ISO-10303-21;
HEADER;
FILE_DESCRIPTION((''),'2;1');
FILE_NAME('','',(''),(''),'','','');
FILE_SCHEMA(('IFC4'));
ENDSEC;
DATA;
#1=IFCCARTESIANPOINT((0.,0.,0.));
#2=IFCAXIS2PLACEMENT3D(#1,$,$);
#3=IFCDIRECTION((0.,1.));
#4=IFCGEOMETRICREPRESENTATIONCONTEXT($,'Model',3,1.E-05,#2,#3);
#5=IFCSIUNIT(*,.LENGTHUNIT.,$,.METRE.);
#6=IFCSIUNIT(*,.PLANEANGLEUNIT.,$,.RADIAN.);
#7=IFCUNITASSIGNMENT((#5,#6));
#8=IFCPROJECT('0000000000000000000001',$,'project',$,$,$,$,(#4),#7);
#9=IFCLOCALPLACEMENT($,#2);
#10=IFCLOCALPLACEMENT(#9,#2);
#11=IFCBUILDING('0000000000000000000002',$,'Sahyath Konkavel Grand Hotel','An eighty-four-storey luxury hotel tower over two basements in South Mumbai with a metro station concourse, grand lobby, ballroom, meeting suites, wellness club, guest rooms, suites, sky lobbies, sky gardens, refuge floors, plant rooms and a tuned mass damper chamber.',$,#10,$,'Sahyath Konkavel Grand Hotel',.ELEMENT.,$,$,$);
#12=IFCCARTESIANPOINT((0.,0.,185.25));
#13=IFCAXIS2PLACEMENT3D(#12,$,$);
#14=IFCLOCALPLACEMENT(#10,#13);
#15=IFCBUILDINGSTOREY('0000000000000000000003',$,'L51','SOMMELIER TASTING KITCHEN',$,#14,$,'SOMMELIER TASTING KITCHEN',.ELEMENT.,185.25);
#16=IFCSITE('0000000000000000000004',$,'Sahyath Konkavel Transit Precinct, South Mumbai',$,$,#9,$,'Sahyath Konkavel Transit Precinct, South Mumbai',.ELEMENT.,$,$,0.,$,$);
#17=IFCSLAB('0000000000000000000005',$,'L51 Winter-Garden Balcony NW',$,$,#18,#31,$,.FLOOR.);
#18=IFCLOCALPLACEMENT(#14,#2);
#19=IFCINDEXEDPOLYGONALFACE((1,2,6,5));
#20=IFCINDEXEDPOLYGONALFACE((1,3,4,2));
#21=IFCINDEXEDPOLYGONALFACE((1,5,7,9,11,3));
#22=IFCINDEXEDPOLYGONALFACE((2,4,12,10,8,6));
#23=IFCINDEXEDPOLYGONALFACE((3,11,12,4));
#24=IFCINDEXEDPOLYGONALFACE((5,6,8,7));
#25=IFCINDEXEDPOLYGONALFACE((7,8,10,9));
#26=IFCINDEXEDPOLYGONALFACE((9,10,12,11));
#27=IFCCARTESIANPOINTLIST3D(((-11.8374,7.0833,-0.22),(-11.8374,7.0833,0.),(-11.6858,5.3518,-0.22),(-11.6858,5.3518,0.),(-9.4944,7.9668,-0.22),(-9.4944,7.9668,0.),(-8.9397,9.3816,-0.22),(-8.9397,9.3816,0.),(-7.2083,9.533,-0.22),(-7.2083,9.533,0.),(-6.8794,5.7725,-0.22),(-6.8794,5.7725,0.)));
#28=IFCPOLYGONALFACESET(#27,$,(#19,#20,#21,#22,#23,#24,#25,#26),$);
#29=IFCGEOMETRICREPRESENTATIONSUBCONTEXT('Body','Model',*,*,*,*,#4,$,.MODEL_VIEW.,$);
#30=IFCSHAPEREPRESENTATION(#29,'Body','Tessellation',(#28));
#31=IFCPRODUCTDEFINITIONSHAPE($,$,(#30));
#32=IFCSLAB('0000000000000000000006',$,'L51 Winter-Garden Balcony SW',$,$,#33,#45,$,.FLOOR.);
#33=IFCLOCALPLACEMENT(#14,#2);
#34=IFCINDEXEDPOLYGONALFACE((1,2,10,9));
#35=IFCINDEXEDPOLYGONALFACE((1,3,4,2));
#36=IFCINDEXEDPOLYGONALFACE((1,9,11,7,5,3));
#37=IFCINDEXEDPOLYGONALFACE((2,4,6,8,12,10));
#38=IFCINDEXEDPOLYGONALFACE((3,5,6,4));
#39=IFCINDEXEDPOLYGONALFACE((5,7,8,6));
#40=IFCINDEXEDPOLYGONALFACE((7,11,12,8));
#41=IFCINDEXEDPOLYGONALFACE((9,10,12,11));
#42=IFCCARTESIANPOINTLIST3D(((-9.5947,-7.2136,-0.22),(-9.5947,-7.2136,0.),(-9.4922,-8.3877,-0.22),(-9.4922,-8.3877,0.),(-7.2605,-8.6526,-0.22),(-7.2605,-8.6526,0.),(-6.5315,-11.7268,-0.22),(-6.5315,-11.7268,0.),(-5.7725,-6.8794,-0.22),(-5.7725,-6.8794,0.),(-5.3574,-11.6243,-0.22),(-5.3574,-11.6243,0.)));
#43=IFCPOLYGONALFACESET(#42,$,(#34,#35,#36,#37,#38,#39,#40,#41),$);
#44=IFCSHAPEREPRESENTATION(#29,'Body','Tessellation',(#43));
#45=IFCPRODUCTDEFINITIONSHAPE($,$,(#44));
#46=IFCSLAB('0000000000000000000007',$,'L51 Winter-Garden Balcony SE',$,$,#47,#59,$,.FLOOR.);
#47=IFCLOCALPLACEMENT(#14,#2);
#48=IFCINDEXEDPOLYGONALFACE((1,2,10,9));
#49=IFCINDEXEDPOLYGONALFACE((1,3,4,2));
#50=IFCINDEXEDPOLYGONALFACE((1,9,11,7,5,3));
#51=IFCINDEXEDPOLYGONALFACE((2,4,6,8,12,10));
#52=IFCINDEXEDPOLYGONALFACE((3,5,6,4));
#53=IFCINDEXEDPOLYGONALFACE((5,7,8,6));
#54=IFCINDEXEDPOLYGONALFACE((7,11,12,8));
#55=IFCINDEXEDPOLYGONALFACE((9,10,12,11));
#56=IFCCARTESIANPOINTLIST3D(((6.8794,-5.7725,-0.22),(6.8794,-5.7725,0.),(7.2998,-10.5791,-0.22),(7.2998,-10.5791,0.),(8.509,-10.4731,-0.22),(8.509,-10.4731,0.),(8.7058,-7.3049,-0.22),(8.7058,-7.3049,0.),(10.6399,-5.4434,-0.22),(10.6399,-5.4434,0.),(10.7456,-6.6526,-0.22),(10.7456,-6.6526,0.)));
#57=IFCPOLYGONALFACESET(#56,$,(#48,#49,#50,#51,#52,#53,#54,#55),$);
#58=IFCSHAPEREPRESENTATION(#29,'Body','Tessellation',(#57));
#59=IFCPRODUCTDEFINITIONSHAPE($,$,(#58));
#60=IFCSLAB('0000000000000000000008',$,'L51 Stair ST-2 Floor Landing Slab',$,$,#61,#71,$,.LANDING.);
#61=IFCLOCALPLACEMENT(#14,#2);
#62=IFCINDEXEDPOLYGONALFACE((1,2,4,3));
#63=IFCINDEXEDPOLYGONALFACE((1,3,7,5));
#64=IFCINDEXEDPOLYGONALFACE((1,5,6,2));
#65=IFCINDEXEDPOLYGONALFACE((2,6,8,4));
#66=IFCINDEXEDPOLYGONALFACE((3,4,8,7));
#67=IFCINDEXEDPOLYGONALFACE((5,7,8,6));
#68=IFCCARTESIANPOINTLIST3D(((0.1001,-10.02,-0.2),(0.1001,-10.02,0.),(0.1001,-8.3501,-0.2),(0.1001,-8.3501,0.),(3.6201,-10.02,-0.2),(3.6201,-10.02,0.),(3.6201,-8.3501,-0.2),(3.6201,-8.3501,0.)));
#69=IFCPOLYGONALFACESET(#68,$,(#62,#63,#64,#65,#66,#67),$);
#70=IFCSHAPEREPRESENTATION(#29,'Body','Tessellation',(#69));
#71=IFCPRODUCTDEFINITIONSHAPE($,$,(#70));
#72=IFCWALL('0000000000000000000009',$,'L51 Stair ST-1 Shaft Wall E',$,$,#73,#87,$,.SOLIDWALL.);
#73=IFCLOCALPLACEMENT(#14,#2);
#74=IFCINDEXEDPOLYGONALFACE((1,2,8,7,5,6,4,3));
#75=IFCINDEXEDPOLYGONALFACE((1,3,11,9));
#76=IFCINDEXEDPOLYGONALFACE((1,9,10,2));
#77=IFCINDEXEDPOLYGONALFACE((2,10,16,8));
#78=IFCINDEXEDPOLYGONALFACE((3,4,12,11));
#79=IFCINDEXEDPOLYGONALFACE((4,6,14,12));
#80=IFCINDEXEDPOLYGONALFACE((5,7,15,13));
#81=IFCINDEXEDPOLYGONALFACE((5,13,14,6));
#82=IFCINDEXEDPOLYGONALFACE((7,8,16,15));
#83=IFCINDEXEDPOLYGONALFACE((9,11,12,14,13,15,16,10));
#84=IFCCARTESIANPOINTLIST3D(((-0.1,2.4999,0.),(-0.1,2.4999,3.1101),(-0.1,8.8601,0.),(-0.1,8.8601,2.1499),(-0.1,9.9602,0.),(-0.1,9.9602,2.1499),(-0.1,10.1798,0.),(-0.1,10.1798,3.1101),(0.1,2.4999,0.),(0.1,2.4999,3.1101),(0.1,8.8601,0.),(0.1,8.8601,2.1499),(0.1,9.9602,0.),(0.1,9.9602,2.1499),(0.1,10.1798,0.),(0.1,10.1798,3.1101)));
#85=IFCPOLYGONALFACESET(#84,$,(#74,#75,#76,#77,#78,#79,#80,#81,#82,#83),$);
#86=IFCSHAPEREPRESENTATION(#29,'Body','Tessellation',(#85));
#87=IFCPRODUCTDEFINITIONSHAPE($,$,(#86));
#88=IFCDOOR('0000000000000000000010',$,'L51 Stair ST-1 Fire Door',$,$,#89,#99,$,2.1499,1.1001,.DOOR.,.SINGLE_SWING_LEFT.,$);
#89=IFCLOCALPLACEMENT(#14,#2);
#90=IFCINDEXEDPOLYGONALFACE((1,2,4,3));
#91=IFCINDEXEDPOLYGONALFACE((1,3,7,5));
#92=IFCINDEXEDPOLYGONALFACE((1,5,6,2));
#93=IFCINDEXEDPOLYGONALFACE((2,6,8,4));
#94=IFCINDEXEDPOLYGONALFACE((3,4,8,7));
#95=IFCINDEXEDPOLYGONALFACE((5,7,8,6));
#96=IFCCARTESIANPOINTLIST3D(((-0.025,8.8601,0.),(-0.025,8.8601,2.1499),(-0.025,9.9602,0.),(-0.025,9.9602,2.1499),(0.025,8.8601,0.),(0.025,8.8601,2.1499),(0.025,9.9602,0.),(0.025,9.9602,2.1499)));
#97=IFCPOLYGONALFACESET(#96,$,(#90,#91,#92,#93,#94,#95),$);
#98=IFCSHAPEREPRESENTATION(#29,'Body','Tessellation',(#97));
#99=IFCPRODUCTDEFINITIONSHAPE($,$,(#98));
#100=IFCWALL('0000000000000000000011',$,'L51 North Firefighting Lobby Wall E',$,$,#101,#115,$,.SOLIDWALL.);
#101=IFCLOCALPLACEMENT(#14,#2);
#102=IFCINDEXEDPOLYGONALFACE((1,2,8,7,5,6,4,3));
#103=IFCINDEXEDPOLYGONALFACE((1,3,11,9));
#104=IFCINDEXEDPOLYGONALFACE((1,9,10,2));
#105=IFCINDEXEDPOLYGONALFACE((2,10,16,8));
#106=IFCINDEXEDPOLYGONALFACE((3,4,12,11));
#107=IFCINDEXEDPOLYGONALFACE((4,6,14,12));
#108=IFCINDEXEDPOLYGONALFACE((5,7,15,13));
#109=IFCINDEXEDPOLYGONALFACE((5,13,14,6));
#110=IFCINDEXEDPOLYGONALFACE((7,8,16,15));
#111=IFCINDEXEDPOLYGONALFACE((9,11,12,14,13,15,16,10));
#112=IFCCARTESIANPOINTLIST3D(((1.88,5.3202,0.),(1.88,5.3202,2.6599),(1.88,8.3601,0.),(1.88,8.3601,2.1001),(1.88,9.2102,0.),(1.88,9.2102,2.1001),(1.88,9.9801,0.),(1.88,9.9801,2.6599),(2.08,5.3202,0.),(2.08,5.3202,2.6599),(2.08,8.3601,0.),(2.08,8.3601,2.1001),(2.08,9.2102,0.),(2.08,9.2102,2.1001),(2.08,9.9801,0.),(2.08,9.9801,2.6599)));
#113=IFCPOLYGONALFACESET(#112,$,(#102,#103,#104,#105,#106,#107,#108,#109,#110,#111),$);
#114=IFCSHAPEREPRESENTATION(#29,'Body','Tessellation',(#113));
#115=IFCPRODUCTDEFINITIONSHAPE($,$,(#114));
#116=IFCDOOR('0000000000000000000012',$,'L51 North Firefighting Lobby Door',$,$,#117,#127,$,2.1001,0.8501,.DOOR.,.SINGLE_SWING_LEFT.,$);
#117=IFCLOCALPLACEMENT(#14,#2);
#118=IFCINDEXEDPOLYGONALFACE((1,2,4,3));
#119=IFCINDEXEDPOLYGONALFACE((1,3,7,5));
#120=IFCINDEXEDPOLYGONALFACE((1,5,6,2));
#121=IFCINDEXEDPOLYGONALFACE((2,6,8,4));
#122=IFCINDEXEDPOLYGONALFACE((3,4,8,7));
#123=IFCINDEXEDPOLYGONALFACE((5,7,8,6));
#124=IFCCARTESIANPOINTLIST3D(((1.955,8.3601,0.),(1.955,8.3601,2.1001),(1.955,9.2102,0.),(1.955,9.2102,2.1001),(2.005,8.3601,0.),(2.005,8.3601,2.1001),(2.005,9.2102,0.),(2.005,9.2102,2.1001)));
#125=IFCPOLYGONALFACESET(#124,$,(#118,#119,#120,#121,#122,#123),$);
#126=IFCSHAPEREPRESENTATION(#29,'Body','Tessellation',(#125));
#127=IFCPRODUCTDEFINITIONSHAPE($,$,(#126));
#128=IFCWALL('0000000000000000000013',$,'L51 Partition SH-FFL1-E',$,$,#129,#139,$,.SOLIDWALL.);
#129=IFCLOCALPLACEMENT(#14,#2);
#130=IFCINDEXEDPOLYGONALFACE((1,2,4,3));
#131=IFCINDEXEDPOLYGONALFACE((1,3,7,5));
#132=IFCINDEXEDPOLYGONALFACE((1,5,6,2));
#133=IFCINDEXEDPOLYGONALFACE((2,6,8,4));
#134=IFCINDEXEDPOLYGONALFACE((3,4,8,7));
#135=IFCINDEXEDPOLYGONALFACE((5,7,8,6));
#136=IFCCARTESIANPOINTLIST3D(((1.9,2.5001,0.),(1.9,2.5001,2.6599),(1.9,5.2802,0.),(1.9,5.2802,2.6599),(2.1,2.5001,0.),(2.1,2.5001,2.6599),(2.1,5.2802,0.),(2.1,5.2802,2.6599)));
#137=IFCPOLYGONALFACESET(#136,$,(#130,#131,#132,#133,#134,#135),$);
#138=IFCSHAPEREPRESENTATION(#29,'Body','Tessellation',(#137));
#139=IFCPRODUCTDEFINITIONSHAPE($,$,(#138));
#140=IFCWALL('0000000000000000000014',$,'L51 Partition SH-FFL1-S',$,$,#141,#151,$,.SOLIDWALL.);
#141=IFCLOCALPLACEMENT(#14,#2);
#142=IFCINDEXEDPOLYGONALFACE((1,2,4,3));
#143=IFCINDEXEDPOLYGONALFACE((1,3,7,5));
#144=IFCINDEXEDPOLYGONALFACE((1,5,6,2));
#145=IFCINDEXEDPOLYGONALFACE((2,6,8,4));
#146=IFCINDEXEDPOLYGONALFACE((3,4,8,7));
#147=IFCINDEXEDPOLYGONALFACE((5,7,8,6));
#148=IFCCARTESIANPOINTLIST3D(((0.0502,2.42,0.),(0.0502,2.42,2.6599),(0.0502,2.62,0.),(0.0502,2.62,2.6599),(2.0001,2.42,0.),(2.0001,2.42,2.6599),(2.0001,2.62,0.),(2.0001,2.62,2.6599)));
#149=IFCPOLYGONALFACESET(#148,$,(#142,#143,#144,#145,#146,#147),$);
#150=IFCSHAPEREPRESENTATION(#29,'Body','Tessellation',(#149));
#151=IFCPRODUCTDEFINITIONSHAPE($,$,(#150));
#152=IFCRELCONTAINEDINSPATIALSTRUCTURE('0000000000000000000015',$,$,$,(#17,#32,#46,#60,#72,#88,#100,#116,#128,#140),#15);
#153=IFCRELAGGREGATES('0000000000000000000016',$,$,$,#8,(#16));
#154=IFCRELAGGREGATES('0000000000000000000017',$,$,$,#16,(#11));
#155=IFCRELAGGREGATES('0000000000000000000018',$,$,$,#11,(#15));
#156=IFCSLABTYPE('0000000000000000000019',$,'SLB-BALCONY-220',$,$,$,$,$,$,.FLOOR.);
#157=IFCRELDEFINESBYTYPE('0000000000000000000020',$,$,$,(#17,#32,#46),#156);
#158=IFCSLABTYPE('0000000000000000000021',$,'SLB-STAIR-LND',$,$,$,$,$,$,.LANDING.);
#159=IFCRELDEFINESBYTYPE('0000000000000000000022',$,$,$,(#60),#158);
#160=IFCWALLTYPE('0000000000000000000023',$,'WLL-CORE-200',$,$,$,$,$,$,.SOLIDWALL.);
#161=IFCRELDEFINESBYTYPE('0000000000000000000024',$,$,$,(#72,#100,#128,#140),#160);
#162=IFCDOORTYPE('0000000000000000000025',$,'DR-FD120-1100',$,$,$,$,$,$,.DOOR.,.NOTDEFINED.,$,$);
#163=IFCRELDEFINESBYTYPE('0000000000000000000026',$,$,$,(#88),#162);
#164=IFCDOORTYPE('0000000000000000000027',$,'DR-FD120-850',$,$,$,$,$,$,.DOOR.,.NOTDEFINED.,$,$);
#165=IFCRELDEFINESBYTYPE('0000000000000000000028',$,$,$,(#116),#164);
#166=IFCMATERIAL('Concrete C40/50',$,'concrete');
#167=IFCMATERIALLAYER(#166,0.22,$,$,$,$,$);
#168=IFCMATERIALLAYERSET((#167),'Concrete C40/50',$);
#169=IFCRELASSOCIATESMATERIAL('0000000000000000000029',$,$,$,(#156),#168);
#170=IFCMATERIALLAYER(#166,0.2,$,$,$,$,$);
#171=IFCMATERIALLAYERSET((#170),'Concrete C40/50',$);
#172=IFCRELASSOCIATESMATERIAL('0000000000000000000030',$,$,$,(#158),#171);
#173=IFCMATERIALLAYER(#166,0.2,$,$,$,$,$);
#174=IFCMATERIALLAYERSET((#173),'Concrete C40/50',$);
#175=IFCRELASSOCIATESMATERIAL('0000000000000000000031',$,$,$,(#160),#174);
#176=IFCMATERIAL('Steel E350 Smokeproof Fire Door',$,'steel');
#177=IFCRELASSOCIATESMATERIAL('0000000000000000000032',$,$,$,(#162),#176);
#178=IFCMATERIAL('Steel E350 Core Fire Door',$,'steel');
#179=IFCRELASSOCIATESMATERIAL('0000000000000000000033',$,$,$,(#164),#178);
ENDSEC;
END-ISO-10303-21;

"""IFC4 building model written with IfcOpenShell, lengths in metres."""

from ifc_helpers import new_model, si_unit, direction, frame, frame_2d, origin, origin_2d, place, context, subcontext, project, spatial, polyline, rectangle, outline, extrude, source, transform, mapped, material, layer, layer_set, type_object, element, fill, save


model = new_model("IFC4")

# Units and contexts
model_context = context("Model", 3, precision=1e-05, world=origin(), true_north=direction((0.0, 1.0)))
body_context = subcontext(model_context, "Body", "Model", "MODEL_VIEW")
ifc_project = project(units=[si_unit("LENGTHUNIT", "METRE"), si_unit("PLANEANGLEUNIT", "RADIAN")], contexts=[model_context])

# Site, building, storey
site_placement = place(None, origin())
site = spatial("IfcSite", under=ifc_project, at=site_placement, Name="Sahyath Konkavel Transit Precinct, South Mumbai", LongName="Sahyath Konkavel Transit Precinct, South Mumbai", CompositionType="ELEMENT", RefElevation=0.0)
building_placement = place(site_placement, origin())
building = spatial("IfcBuilding", under=site, at=building_placement, Name="Sahyath Konkavel Grand Hotel", Description="An eighty-four-storey luxury hotel tower over two basements in South Mumbai with a metro station concourse, grand lobby, ballroom, meeting suites, wellness club, guest rooms, suites, sky lobbies, sky gardens, refuge floors, plant rooms and a tuned mass damper chamber.", LongName="Sahyath Konkavel Grand Hotel", CompositionType="ELEMENT")
storey_placement = place(building_placement, frame((0.0, 0.0, 185.25)))
storey = spatial("IfcBuildingStorey", under=building, at=storey_placement, Name="L51", Description="SOMMELIER TASTING KITCHEN", LongName="SOMMELIER TASTING KITCHEN", CompositionType="ELEMENT", Elevation=185.25)

# Slabs
ifc_material_1 = material(Name="Concrete C40/50", Category="concrete")
ifc_layer_1 = layer(ifc_material_1, 0.22)
ifc_layer_set_1 = layer_set([ifc_layer_1], Name="Concrete C40/50")
slab_type_1 = type_object("IfcSlabType", Name="SLB-BALCONY-220", PredefinedType="FLOOR", material=ifc_layer_set_1)
slab_1_placement = place(storey_placement, frame((0.0, 0.0, -0.22)))
element("IfcSlab", 1, at=slab_1_placement, inside=storey, type_object=slab_type_1, Name="L51 Winter-Garden Balcony NW", PredefinedType="FLOOR", context=body_context, shape_type="SweptSolid", body=[
    extrude(outline(polyline([(-6.8794, 5.7725), (-7.2083, 9.533), (-8.9397, 9.3816), (-9.4944, 7.9668), (-11.8374, 7.0833), (-11.6858, 5.3518), (-6.8794, 5.7725)])), origin(), (0.0, 0.0, 1.0), 0.22),
])
slab_2_placement = place(storey_placement, frame((0.0, 0.0, -0.22)))
element("IfcSlab", 2, at=slab_2_placement, inside=storey, type_object=slab_type_1, Name="L51 Winter-Garden Balcony SW", PredefinedType="FLOOR", context=body_context, shape_type="SweptSolid", body=[
    extrude(outline(polyline([(-5.7725, -6.8794), (-9.5947, -7.2136), (-9.4922, -8.3877), (-7.2605, -8.6526), (-6.5315, -11.7268), (-5.3574, -11.6243), (-5.7725, -6.8794)])), origin(), (0.0, 0.0, 1.0), 0.22),
])
slab_3_placement = place(storey_placement, frame((0.0, 0.0, -0.22)))
element("IfcSlab", 3, at=slab_3_placement, inside=storey, type_object=slab_type_1, Name="L51 Winter-Garden Balcony SE", PredefinedType="FLOOR", context=body_context, shape_type="SweptSolid", body=[
    extrude(outline(polyline([(6.8794, -5.7725), (7.2998, -10.5791), (8.509, -10.4731), (8.7058, -7.3049), (10.7456, -6.6526), (10.6399, -5.4434), (6.8794, -5.7725)])), origin(), (0.0, 0.0, 1.0), 0.22),
])
ifc_layer_2 = layer(ifc_material_1, 0.2)
ifc_layer_set_2 = layer_set([ifc_layer_2], Name="Concrete C40/50")
slab_type_2 = type_object("IfcSlabType", Name="SLB-STAIR-LND", PredefinedType="LANDING", material=ifc_layer_set_2)
slab_4_placement = place(storey_placement, frame((0.0, 0.0, -0.2)))
element("IfcSlab", 4, at=slab_4_placement, inside=storey, type_object=slab_type_2, Name="L51 Stair ST-2 Floor Landing Slab", PredefinedType="LANDING", context=body_context, shape_type="SweptSolid", body=[
    extrude(outline(polyline([(0.1001, -10.02), (3.6201, -10.02), (3.6201, -8.3501), (0.1001, -8.3501), (0.1001, -10.02)])), origin(), (0.0, 0.0, 1.0), 0.2),
])

# Walls, openings, doors
ifc_layer_3 = layer(ifc_material_1, 0.2)
ifc_layer_set_3 = layer_set([ifc_layer_3], Name="Concrete C40/50")
wall_type = type_object("IfcWallType", Name="WLL-CORE-200", PredefinedType="SOLIDWALL", material=ifc_layer_set_3)
wall_1_placement = place(storey_placement, frame((0.0, 2.5, 0.0), z_axis=(0.0, 0.0, 1.0), x_axis=(0.0, 1.0, 0.0)))
wall_1 = element("IfcWall", 5, at=wall_1_placement, inside=storey, type_object=wall_type, Name="L51 Stair ST-1 Shaft Wall E", PredefinedType="SOLIDWALL", context=body_context, shape_type="SweptSolid", body=[
    extrude(rectangle(XDim=7.6799, YDim=0.2, at=frame_2d((3.8398, 0.0))), origin(), (0.0, 0.0, 1.0), 3.1101),
])
opening_1_placement = place(wall_1_placement, frame((6.3601, 0.0, 0.0)))
opening_1 = element("IfcOpeningElement", 6, at=opening_1_placement, cuts=wall_1, PredefinedType="OPENING", context=body_context, shape_type="SweptSolid", body=[
    extrude(rectangle(XDim=1.1001, YDim=2.1499, at=frame_2d((0.55, 1.075))), frame((0.0, 0.1099, 0.0), z_axis=(0.0, -1.0, 0.0), x_axis=(1.0, 0.0, 0.0)), (0.0, 0.0, 1.0), 0.22),
])
ifc_material_2 = material(Name="Steel E350 Smokeproof Fire Door", Category="steel")
door_type_1 = type_object("IfcDoorType", Name="DR-FD120-1100", OperationType="NOTDEFINED", PredefinedType="DOOR", material=ifc_material_2)
shared_shape_1 = source(origin(), body_context, "Body", "SweptSolid", [
    extrude(rectangle(XDim=1.1001, YDim=0.05, at=origin_2d()), origin(), (0.0, 0.0, 1.0), 2.1499),
])
door_1_placement = place(opening_1_placement, frame((0.55, 0.0, 0.0)))
door_1 = element("IfcDoor", 7, at=door_1_placement, inside=storey, type_object=door_type_1, Name="L51 Stair ST-1 Fire Door", OperationType="SINGLE_SWING_LEFT", OverallHeight=2.1499, OverallWidth=1.1001, PredefinedType="DOOR", context=body_context, shape_type="MappedRepresentation", body=[
    mapped(shared_shape_1, transform((0.0, 0.0, 0.0), scale=1.0)),
])
fill(opening_1, door_1)
wall_2_placement = place(storey_placement, frame((1.98, 5.3201, 0.0), z_axis=(0.0, 0.0, 1.0), x_axis=(0.0, 1.0, 0.0)))
wall_2 = element("IfcWall", 8, at=wall_2_placement, inside=storey, type_object=wall_type, Name="L51 North Firefighting Lobby Wall E", PredefinedType="SOLIDWALL", context=body_context, shape_type="SweptSolid", body=[
    extrude(rectangle(XDim=4.6599, YDim=0.2, at=frame_2d((2.3301, 0.0))), origin(), (0.0, 0.0, 1.0), 2.6599),
])
opening_2_placement = place(wall_2_placement, frame((3.04, 0.0, 0.0)))
opening_2 = element("IfcOpeningElement", 9, at=opening_2_placement, cuts=wall_2, PredefinedType="OPENING", context=body_context, shape_type="SweptSolid", body=[
    extrude(rectangle(XDim=0.8501, YDim=2.1001, at=frame_2d((0.425, 1.05))), frame((0.0, 0.1099, 0.0), z_axis=(0.0, -1.0, 0.0), x_axis=(1.0, 0.0, 0.0)), (0.0, 0.0, 1.0), 0.22),
])
ifc_material_3 = material(Name="Steel E350 Core Fire Door", Category="steel")
door_type_2 = type_object("IfcDoorType", Name="DR-FD120-850", OperationType="NOTDEFINED", PredefinedType="DOOR", material=ifc_material_3)
shared_shape_2 = source(origin(), body_context, "Body", "SweptSolid", [
    extrude(rectangle(XDim=0.8501, YDim=0.05, at=origin_2d()), origin(), (0.0, 0.0, 1.0), 2.1001),
])
door_2_placement = place(opening_2_placement, frame((0.425, 0.0, 0.0)))
door_2 = element("IfcDoor", 10, at=door_2_placement, inside=storey, type_object=door_type_2, Name="L51 North Firefighting Lobby Door", OperationType="SINGLE_SWING_LEFT", OverallHeight=2.1001, OverallWidth=0.8501, PredefinedType="DOOR", context=body_context, shape_type="MappedRepresentation", body=[
    mapped(shared_shape_2, transform((0.0, 0.0, 0.0), scale=1.0)),
])
fill(opening_2, door_2)

# Walls
wall_3_placement = place(storey_placement, frame((2.0, 2.5, 0.0), z_axis=(0.0, 0.0, 1.0), x_axis=(0.0, 1.0, 0.0)))
element("IfcWall", 11, at=wall_3_placement, inside=storey, type_object=wall_type, Name="L51 Partition SH-FFL1-E", PredefinedType="SOLIDWALL", context=body_context, shape_type="SweptSolid", body=[
    extrude(rectangle(XDim=2.78, YDim=0.2, at=frame_2d((1.3901, 0.0))), origin(), (0.0, 0.0, 1.0), 2.6599),
])
wall_4_placement = place(storey_placement, frame((0.05, 2.52, 0.0), z_axis=(0.0, 0.0, 1.0), x_axis=(1.0, 0.0, 0.0)))
element("IfcWall", 12, at=wall_4_placement, inside=storey, type_object=wall_type, Name="L51 Partition SH-FFL1-S", PredefinedType="SOLIDWALL", context=body_context, shape_type="SweptSolid", body=[
    extrude(rectangle(XDim=1.95, YDim=0.2, at=frame_2d((0.9751, 0.0))), origin(), (0.0, 0.0, 1.0), 2.6599),
])

save(model, "model.ifc")
